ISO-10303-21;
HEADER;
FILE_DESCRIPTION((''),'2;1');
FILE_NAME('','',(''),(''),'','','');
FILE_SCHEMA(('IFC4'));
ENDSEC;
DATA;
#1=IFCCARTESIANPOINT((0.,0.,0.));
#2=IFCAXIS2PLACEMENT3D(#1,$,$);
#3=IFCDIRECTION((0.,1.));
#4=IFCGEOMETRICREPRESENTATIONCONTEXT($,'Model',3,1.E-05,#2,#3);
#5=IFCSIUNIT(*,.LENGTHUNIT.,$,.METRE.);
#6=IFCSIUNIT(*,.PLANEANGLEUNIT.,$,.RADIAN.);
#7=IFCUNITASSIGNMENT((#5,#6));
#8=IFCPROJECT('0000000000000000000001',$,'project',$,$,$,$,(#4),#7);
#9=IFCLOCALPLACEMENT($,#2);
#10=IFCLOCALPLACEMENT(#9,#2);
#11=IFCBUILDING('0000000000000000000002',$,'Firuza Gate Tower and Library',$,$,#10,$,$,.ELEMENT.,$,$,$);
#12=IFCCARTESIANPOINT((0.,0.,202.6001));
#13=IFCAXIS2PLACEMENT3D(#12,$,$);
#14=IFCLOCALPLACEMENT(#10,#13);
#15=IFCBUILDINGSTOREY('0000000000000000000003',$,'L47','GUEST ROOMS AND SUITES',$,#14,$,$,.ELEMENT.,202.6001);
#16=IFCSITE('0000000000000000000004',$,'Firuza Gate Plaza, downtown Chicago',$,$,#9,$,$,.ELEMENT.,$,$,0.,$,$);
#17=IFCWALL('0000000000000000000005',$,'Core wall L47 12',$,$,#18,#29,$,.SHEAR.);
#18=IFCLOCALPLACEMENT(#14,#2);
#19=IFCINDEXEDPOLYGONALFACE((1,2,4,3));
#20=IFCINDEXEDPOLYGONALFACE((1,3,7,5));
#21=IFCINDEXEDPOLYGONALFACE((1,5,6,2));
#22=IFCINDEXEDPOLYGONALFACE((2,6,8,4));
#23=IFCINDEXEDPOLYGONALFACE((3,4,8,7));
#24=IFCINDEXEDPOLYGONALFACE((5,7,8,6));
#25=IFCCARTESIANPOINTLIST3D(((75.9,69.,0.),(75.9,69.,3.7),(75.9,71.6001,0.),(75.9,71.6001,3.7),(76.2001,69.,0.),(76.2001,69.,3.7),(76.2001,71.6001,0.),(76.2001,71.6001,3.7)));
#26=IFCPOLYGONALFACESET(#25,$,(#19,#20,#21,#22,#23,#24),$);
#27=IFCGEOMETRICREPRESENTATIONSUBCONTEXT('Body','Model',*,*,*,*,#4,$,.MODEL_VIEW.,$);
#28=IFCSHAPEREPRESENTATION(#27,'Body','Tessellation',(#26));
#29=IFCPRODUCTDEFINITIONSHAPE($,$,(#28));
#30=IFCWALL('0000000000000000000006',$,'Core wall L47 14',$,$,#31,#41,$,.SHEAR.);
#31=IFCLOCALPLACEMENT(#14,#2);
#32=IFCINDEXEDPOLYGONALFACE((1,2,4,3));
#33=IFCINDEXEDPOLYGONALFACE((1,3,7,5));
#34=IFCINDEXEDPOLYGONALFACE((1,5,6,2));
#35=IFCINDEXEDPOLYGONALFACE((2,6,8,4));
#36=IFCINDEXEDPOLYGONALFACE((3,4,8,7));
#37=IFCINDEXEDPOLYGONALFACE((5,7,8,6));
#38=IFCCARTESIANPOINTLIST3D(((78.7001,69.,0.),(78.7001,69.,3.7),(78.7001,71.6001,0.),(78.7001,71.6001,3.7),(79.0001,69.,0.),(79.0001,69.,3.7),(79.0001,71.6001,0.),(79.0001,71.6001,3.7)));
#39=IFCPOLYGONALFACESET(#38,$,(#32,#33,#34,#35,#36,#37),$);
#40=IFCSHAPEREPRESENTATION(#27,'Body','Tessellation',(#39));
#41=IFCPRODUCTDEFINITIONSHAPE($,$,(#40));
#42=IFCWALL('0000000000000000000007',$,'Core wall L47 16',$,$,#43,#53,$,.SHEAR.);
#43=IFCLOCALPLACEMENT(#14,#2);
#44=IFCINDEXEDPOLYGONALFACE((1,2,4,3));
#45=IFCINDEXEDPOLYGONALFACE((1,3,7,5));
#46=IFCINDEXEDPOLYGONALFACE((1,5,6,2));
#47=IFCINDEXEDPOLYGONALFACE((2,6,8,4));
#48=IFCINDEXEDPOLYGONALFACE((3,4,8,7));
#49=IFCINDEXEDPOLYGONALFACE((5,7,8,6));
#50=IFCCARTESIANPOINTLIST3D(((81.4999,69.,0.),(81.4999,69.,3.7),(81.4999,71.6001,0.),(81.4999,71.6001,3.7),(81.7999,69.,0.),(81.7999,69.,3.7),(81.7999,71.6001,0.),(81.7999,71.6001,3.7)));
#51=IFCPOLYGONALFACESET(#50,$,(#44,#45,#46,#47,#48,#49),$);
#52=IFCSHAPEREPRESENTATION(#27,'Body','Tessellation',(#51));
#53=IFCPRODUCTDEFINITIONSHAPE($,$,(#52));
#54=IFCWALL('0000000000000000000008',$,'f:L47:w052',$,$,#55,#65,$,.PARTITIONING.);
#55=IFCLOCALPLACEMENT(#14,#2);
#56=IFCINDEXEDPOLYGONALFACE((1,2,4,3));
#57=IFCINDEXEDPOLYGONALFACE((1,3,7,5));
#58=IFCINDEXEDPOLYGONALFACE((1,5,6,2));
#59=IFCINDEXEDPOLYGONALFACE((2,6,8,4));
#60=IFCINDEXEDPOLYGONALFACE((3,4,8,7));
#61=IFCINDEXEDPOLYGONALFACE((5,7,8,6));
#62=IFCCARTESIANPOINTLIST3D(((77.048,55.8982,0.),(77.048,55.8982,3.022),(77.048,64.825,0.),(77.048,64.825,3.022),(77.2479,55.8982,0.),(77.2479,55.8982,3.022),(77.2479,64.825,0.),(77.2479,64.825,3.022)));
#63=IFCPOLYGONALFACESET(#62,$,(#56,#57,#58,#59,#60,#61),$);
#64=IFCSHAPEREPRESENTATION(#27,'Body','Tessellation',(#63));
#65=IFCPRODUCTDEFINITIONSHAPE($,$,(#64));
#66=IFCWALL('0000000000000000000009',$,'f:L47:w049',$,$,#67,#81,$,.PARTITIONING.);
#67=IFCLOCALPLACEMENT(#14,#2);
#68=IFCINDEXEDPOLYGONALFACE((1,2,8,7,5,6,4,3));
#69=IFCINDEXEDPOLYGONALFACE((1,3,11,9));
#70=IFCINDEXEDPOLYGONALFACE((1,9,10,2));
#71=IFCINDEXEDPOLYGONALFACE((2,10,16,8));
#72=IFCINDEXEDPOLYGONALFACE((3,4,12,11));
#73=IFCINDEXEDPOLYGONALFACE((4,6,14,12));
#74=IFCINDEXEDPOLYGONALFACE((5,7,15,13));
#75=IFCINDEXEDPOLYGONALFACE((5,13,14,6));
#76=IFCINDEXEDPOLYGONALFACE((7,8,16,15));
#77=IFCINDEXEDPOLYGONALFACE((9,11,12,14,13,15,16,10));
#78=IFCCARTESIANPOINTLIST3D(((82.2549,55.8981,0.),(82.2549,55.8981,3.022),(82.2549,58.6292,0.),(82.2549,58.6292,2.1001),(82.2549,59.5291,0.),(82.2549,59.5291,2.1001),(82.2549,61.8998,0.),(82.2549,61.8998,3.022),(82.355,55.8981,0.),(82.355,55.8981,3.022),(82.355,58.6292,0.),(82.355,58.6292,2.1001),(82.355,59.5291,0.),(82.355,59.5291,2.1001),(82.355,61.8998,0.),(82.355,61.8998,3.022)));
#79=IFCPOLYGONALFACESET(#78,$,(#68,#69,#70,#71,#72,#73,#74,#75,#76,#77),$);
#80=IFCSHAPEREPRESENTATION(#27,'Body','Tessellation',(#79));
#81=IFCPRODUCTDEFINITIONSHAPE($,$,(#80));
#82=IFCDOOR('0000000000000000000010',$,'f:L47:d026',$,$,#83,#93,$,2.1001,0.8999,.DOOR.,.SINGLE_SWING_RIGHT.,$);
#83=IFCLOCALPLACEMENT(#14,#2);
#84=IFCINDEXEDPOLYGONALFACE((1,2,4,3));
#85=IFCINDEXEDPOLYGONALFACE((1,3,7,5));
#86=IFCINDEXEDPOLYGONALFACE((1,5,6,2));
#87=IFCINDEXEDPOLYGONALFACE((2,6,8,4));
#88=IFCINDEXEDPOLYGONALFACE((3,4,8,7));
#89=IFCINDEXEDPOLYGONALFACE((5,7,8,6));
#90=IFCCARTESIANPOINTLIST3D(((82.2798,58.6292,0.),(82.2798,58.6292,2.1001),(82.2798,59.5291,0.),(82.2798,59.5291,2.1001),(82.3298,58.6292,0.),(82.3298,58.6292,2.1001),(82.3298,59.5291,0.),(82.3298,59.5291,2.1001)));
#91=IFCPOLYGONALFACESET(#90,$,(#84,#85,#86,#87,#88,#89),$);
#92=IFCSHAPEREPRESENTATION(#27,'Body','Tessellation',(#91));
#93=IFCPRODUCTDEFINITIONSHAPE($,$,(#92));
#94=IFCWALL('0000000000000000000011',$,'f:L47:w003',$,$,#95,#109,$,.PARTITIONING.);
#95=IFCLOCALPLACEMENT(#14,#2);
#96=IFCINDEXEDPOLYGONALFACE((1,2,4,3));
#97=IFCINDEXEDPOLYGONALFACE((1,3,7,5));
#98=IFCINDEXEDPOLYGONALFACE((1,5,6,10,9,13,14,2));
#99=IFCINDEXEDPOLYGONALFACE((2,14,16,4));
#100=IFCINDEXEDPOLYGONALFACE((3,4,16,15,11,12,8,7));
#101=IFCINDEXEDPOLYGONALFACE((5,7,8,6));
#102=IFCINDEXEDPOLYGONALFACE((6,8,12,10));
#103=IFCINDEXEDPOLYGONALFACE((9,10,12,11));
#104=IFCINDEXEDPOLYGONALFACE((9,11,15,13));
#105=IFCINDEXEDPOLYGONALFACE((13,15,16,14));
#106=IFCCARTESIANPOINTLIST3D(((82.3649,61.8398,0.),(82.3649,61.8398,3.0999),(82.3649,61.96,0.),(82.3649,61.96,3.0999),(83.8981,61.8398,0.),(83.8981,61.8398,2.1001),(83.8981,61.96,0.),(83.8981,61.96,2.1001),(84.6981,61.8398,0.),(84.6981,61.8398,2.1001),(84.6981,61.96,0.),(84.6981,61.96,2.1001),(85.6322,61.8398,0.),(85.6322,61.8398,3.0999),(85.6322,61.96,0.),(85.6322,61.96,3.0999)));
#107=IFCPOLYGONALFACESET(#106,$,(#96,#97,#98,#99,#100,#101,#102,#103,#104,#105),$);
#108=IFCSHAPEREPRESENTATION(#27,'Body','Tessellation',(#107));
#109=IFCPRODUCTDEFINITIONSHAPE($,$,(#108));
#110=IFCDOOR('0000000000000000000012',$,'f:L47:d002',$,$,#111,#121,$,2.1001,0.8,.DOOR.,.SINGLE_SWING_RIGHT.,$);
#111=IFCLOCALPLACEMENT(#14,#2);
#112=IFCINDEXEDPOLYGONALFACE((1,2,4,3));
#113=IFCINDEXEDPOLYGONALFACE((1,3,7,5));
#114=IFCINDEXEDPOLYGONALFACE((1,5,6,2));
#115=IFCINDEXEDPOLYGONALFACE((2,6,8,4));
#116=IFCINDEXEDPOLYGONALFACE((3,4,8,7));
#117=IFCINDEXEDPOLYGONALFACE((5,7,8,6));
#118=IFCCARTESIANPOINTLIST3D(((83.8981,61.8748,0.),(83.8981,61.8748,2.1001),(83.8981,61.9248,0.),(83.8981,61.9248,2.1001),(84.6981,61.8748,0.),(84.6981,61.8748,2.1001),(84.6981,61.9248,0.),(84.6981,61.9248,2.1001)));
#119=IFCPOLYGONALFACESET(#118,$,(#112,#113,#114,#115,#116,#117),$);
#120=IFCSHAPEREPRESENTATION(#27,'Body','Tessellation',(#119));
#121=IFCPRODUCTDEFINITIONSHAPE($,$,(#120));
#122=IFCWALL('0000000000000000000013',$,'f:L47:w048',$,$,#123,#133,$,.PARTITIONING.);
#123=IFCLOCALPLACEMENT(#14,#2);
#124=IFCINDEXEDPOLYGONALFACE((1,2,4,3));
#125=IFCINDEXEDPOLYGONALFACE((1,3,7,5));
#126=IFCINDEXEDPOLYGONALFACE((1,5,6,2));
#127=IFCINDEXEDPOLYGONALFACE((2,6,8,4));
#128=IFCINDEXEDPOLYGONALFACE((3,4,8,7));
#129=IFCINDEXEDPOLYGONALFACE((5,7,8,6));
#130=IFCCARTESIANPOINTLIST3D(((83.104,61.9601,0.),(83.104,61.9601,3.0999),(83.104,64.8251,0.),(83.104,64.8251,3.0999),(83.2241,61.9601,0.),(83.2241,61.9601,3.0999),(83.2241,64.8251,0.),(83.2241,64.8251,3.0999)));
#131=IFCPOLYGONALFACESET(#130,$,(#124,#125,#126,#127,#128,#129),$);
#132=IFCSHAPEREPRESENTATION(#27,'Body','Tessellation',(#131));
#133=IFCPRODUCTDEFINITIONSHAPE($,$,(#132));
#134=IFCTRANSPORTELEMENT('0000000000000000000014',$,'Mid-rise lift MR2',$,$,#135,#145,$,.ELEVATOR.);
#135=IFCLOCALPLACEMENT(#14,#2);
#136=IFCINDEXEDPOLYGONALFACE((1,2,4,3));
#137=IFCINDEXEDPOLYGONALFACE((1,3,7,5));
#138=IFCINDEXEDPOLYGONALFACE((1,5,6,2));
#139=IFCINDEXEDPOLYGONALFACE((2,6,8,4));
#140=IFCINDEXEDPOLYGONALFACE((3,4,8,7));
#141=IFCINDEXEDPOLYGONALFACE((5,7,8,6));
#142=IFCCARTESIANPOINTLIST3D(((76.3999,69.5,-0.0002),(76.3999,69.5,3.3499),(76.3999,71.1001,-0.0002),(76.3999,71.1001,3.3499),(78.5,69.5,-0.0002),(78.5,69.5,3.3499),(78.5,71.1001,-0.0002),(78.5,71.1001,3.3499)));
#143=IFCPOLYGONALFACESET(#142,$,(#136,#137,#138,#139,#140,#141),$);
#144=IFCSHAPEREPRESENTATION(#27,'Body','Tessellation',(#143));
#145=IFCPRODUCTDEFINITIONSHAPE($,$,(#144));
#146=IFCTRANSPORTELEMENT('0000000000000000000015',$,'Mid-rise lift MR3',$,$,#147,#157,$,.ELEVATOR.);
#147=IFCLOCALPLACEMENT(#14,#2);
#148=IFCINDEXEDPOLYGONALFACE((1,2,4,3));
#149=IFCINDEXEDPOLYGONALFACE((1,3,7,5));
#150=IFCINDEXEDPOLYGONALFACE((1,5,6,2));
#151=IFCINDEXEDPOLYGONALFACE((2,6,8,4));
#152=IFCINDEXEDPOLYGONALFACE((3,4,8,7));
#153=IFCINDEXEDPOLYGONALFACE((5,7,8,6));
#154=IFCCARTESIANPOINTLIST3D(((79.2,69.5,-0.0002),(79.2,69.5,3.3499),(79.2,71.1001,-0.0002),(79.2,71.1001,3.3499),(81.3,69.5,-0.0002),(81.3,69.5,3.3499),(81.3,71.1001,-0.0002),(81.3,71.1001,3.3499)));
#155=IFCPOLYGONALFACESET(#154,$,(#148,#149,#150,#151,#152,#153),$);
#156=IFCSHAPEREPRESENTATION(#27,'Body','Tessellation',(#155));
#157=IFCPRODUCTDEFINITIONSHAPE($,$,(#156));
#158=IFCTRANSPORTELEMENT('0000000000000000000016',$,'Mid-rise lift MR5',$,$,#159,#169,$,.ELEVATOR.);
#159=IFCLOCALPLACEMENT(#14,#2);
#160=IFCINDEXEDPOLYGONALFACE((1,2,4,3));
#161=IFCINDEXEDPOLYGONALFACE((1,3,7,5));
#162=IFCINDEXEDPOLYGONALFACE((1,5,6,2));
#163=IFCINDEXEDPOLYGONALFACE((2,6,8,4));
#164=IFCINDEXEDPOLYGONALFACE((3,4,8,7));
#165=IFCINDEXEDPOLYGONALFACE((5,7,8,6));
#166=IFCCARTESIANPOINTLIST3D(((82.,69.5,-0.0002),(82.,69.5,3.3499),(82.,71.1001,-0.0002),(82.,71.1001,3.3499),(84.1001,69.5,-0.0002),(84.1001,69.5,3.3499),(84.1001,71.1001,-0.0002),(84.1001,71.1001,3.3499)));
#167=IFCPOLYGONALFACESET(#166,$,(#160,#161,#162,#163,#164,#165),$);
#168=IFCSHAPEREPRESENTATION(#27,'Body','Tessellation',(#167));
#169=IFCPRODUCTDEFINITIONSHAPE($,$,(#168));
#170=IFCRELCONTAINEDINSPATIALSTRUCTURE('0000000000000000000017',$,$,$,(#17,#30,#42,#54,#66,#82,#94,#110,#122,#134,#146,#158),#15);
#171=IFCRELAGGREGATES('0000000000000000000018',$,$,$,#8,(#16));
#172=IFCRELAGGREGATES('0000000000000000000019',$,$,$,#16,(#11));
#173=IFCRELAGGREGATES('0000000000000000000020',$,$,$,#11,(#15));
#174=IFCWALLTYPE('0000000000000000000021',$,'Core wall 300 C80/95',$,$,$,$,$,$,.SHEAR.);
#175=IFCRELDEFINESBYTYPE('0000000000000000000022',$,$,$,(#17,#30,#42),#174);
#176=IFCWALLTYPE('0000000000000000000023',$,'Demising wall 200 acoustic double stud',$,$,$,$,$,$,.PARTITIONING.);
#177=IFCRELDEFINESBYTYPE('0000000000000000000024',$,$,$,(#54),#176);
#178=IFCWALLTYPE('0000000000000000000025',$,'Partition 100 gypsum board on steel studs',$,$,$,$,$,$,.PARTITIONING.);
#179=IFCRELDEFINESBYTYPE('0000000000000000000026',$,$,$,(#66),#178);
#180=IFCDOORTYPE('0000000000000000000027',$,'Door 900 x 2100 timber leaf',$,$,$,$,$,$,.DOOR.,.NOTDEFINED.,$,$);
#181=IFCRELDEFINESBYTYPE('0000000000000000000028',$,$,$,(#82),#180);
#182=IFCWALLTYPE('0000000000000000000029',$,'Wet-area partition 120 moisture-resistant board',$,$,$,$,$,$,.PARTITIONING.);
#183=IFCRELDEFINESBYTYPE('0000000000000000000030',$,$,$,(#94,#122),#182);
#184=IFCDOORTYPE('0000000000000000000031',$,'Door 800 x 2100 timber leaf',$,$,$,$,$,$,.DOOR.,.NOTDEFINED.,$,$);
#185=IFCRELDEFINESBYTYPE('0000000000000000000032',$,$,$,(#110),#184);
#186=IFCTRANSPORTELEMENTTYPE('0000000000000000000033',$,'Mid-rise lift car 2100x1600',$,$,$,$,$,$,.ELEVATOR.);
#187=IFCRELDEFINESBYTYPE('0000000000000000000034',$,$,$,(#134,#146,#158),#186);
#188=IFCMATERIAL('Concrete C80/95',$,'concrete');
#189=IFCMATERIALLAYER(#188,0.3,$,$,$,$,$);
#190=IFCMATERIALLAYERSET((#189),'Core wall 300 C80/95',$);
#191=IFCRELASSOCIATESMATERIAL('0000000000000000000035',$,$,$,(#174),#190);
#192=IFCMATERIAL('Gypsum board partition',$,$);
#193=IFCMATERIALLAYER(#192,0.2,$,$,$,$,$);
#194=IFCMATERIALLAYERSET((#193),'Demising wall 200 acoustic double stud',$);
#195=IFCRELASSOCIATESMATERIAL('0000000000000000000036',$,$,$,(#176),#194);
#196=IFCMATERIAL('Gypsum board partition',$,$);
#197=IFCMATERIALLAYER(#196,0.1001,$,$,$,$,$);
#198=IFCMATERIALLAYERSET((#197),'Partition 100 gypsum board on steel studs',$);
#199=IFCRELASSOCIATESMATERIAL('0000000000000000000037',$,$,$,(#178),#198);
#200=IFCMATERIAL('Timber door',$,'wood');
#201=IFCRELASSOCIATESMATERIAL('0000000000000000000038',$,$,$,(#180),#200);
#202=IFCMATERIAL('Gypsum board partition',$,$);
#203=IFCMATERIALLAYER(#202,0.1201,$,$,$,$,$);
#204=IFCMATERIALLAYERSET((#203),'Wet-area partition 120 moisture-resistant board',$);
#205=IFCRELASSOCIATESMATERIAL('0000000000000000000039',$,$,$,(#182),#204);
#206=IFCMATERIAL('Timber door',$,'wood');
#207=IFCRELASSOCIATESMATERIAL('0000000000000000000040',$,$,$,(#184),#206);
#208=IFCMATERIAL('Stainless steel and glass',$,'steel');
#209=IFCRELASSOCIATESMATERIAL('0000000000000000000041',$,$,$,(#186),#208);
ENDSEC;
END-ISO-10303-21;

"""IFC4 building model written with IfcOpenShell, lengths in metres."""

from ifc_helpers import new_model, si_unit, direction, frame, frame_2d, origin, origin_2d, place, context, subcontext, project, spatial, rectangle, extrude, material, layer, layer_set, type_object, element, fill, save


model = new_model("IFC4")

# Units and contexts
model_context = context("Model", 3, precision=1e-05, world=origin(), true_north=direction((0.0, 1.0)))
body_context = subcontext(model_context, "Body", "Model", "MODEL_VIEW")
ifc_project = project(units=[si_unit("LENGTHUNIT", "METRE"), si_unit("PLANEANGLEUNIT", "RADIAN")], contexts=[model_context])

# Site, building, storey
site_placement = place(None, origin())
site = spatial("IfcSite", under=ifc_project, at=site_placement, Name="Firuza Gate Plaza, downtown Chicago", CompositionType="ELEMENT", RefElevation=0.0)
building_placement = place(site_placement, origin())
building = spatial("IfcBuilding", under=site, at=building_placement, Name="Firuza Gate Tower and Library", CompositionType="ELEMENT")
storey_placement = place(building_placement, frame((0.0, 0.0, 202.6001)))
storey = spatial("IfcBuildingStorey", under=building, at=storey_placement, Name="L47", Description="GUEST ROOMS AND SUITES", CompositionType="ELEMENT", Elevation=202.6001)

# Walls
ifc_material_1 = material(Name="Concrete C80/95", Category="concrete")
ifc_layer_1 = layer(ifc_material_1, 0.3)
ifc_layer_set_1 = layer_set([ifc_layer_1], Name="Core wall 300 C80/95")
wall_type_1 = type_object("IfcWallType", Name="Core wall 300 C80/95", PredefinedType="SHEAR", material=ifc_layer_set_1)
for number, where, z_axis, x_axis, name in (
    (1, (76.05, 69.0, 0.0), (0.0, 0.0, 1.0), (0.0, 1.0, 0.0), "Core wall L47 12"),
    (2, (78.8501, 69.0, 0.0), (0.0, 0.0, 1.0), (0.0, 1.0, 0.0), "Core wall L47 14"),
    (3, (81.6499, 69.0, 0.0), (0.0, 0.0, 1.0), (0.0, 1.0, 0.0), "Core wall L47 16"),
):
    element("IfcWall", number, at=place(storey_placement, frame(where, z_axis=z_axis, x_axis=x_axis)), inside=storey, type_object=wall_type_1, Name=name, PredefinedType="SHEAR", context=body_context, shape_type="SweptSolid", body=[
        extrude(rectangle(XDim=2.6001, YDim=0.3, at=frame_2d((1.3, 0.0))), origin(), (0.0, 0.0, 1.0), 3.7),
    ])
ifc_material_2 = material(Name="Gypsum board partition")
ifc_layer_2 = layer(ifc_material_2, 0.2)
ifc_layer_set_2 = layer_set([ifc_layer_2], Name="Demising wall 200 acoustic double stud")
wall_type_2 = type_object("IfcWallType", Name="Demising wall 200 acoustic double stud", PredefinedType="PARTITIONING", material=ifc_layer_set_2)
wall_1_placement = place(storey_placement, frame((77.1479, 55.8982, 0.0), z_axis=(0.0, 0.0, 1.0), x_axis=(0.0, 1.0, 0.0)))
element("IfcWall", 4, at=wall_1_placement, inside=storey, type_object=wall_type_2, Name="f:L47:w052", PredefinedType="PARTITIONING", context=body_context, shape_type="SweptSolid", body=[
    extrude(rectangle(XDim=8.9268, YDim=0.2, at=frame_2d((4.4634, 0.0))), origin(), (0.0, 0.0, 1.0), 3.022),
])

# Walls, openings, doors
ifc_material_3 = material(Name="Gypsum board partition")
ifc_layer_3 = layer(ifc_material_3, 0.1001)
ifc_layer_set_3 = layer_set([ifc_layer_3], Name="Partition 100 gypsum board on steel studs")
wall_type_3 = type_object("IfcWallType", Name="Partition 100 gypsum board on steel studs", PredefinedType="PARTITIONING", material=ifc_layer_set_3)
wall_2_placement = place(storey_placement, frame((82.3049, 61.8999, 0.0), z_axis=(0.0, 0.0, 1.0), x_axis=(0.0, -1.0, 0.0)))
wall_2 = element("IfcWall", 5, at=wall_2_placement, inside=storey, type_object=wall_type_3, Name="f:L47:w049", PredefinedType="PARTITIONING", context=body_context, shape_type="SweptSolid", body=[
    extrude(rectangle(XDim=6.0017, YDim=0.1001, at=frame_2d((3.001, 0.0))), origin(), (0.0, 0.0, 1.0), 3.022),
])
opening_1_placement = place(wall_2_placement, frame((2.3708, 0.0, 0.0)))
opening_1 = element("IfcOpeningElement", 6, at=opening_1_placement, cuts=wall_2, PredefinedType="OPENING", context=body_context, shape_type="SweptSolid", body=[
    extrude(rectangle(XDim=0.8999, YDim=2.1001, at=frame_2d((0.45, 1.05))), frame((0.0, 0.0601, 0.0), z_axis=(0.0, -1.0, 0.0), x_axis=(1.0, 0.0, 0.0)), (0.0, 0.0, 1.0), 0.1201),
])
ifc_material_4 = material(Name="Timber door", Category="wood")
door_type_1 = type_object("IfcDoorType", Name="Door 900 x 2100 timber leaf", OperationType="NOTDEFINED", PredefinedType="DOOR", material=ifc_material_4)
door_1_placement = place(opening_1_placement, origin())
door_1 = element("IfcDoor", 7, at=door_1_placement, inside=storey, type_object=door_type_1, Name="f:L47:d026", OperationType="SINGLE_SWING_RIGHT", OverallHeight=2.1001, OverallWidth=0.8999, PredefinedType="DOOR", context=body_context, shape_type="SweptSolid", body=[
    extrude(rectangle(XDim=0.8999, YDim=2.1001, at=frame_2d((0.45, 1.05))), frame((0.0, 0.0249, 0.0), z_axis=(0.0, -1.0, 0.0), x_axis=(1.0, 0.0, 0.0)), (0.0, 0.0, 1.0), 0.05),
])
fill(opening_1, door_1)
ifc_material_5 = material(Name="Gypsum board partition")
ifc_layer_4 = layer(ifc_material_5, 0.1201)
ifc_layer_set_4 = layer_set([ifc_layer_4], Name="Wet-area partition 120 moisture-resistant board")
wall_type_4 = type_object("IfcWallType", Name="Wet-area partition 120 moisture-resistant board", PredefinedType="PARTITIONING", material=ifc_layer_set_4)
wall_3_placement = place(storey_placement, frame((82.3647, 61.8999, 0.0), z_axis=(0.0, 0.0, 1.0), x_axis=(1.0, 0.0, 0.0)))
wall_3 = element("IfcWall", 8, at=wall_3_placement, inside=storey, type_object=wall_type_4, Name="f:L47:w003", PredefinedType="PARTITIONING", context=body_context, shape_type="SweptSolid", body=[
    extrude(rectangle(XDim=3.2673, YDim=0.1201, at=frame_2d((1.6338, 0.0))), origin(), (0.0, 0.0, 1.0), 3.0999),
])
opening_2_placement = place(wall_3_placement, frame((1.5334, 0.0, 0.0)))
opening_2 = element("IfcOpeningElement", 9, at=opening_2_placement, cuts=wall_3, PredefinedType="OPENING", context=body_context, shape_type="SweptSolid", body=[
    extrude(rectangle(XDim=0.8, YDim=2.1001, at=frame_2d((0.3999, 1.05))), frame((0.0, 0.0701, 0.0), z_axis=(0.0, -1.0, 0.0), x_axis=(1.0, 0.0, 0.0)), (0.0, 0.0, 1.0), 0.1401),
])
ifc_material_6 = material(Name="Timber door", Category="wood")
door_type_2 = type_object("IfcDoorType", Name="Door 800 x 2100 timber leaf", OperationType="NOTDEFINED", PredefinedType="DOOR", material=ifc_material_6)
door_2_placement = place(opening_2_placement, origin())
door_2 = element("IfcDoor", 10, at=door_2_placement, inside=storey, type_object=door_type_2, Name="f:L47:d002", OperationType="SINGLE_SWING_RIGHT", OverallHeight=2.1001, OverallWidth=0.8, PredefinedType="DOOR", context=body_context, shape_type="SweptSolid", body=[
    extrude(rectangle(XDim=0.8, YDim=2.1001, at=frame_2d((0.3999, 1.05))), frame((0.0, 0.0249, 0.0), z_axis=(0.0, -1.0, 0.0), x_axis=(1.0, 0.0, 0.0)), (0.0, 0.0, 1.0), 0.05),
])
fill(opening_2, door_2)

# Wall
wall_4_placement = place(storey_placement, frame((83.1641, 61.96, 0.0), z_axis=(0.0, 0.0, 1.0), x_axis=(0.0, 1.0, 0.0)))
element("IfcWall", 11, at=wall_4_placement, inside=storey, type_object=wall_type_4, Name="f:L47:w048", PredefinedType="PARTITIONING", context=body_context, shape_type="SweptSolid", body=[
    extrude(rectangle(XDim=2.865, YDim=0.1201, at=frame_2d((1.4326, 0.0))), origin(), (0.0, 0.0, 1.0), 3.0999),
])

# Transport elements
ifc_material_7 = material(Name="Stainless steel and glass", Category="steel")
transport_element_type = type_object("IfcTransportElementType", Name="Mid-rise lift car 2100x1600", PredefinedType="ELEVATOR", material=ifc_material_7)
for number, where, z_axis, x_axis, name in (
    (12, (77.45, 70.3, -0.0002), (0.0, 0.0, 1.0), (1.0, 0.0, 0.0), "Mid-rise lift MR2"),
    (13, (80.25, 70.3, -0.0002), (0.0, 0.0, 1.0), (1.0, 0.0, 0.0), "Mid-rise lift MR3"),
    (14, (83.05, 70.3, -0.0002), (0.0, 0.0, 1.0), (1.0, 0.0, 0.0), "Mid-rise lift MR5"),
):
    element("IfcTransportElement", number, at=place(storey_placement, frame(where, z_axis=z_axis, x_axis=x_axis)), inside=storey, type_object=transport_element_type, Name=name, PredefinedType="ELEVATOR", context=body_context, shape_type="SweptSolid", body=[
        extrude(rectangle(XDim=2.1001, YDim=1.6001, at=origin_2d()), origin(), (0.0, 0.0, 1.0), 3.3501),
    ])

save(model, "model.ifc")
